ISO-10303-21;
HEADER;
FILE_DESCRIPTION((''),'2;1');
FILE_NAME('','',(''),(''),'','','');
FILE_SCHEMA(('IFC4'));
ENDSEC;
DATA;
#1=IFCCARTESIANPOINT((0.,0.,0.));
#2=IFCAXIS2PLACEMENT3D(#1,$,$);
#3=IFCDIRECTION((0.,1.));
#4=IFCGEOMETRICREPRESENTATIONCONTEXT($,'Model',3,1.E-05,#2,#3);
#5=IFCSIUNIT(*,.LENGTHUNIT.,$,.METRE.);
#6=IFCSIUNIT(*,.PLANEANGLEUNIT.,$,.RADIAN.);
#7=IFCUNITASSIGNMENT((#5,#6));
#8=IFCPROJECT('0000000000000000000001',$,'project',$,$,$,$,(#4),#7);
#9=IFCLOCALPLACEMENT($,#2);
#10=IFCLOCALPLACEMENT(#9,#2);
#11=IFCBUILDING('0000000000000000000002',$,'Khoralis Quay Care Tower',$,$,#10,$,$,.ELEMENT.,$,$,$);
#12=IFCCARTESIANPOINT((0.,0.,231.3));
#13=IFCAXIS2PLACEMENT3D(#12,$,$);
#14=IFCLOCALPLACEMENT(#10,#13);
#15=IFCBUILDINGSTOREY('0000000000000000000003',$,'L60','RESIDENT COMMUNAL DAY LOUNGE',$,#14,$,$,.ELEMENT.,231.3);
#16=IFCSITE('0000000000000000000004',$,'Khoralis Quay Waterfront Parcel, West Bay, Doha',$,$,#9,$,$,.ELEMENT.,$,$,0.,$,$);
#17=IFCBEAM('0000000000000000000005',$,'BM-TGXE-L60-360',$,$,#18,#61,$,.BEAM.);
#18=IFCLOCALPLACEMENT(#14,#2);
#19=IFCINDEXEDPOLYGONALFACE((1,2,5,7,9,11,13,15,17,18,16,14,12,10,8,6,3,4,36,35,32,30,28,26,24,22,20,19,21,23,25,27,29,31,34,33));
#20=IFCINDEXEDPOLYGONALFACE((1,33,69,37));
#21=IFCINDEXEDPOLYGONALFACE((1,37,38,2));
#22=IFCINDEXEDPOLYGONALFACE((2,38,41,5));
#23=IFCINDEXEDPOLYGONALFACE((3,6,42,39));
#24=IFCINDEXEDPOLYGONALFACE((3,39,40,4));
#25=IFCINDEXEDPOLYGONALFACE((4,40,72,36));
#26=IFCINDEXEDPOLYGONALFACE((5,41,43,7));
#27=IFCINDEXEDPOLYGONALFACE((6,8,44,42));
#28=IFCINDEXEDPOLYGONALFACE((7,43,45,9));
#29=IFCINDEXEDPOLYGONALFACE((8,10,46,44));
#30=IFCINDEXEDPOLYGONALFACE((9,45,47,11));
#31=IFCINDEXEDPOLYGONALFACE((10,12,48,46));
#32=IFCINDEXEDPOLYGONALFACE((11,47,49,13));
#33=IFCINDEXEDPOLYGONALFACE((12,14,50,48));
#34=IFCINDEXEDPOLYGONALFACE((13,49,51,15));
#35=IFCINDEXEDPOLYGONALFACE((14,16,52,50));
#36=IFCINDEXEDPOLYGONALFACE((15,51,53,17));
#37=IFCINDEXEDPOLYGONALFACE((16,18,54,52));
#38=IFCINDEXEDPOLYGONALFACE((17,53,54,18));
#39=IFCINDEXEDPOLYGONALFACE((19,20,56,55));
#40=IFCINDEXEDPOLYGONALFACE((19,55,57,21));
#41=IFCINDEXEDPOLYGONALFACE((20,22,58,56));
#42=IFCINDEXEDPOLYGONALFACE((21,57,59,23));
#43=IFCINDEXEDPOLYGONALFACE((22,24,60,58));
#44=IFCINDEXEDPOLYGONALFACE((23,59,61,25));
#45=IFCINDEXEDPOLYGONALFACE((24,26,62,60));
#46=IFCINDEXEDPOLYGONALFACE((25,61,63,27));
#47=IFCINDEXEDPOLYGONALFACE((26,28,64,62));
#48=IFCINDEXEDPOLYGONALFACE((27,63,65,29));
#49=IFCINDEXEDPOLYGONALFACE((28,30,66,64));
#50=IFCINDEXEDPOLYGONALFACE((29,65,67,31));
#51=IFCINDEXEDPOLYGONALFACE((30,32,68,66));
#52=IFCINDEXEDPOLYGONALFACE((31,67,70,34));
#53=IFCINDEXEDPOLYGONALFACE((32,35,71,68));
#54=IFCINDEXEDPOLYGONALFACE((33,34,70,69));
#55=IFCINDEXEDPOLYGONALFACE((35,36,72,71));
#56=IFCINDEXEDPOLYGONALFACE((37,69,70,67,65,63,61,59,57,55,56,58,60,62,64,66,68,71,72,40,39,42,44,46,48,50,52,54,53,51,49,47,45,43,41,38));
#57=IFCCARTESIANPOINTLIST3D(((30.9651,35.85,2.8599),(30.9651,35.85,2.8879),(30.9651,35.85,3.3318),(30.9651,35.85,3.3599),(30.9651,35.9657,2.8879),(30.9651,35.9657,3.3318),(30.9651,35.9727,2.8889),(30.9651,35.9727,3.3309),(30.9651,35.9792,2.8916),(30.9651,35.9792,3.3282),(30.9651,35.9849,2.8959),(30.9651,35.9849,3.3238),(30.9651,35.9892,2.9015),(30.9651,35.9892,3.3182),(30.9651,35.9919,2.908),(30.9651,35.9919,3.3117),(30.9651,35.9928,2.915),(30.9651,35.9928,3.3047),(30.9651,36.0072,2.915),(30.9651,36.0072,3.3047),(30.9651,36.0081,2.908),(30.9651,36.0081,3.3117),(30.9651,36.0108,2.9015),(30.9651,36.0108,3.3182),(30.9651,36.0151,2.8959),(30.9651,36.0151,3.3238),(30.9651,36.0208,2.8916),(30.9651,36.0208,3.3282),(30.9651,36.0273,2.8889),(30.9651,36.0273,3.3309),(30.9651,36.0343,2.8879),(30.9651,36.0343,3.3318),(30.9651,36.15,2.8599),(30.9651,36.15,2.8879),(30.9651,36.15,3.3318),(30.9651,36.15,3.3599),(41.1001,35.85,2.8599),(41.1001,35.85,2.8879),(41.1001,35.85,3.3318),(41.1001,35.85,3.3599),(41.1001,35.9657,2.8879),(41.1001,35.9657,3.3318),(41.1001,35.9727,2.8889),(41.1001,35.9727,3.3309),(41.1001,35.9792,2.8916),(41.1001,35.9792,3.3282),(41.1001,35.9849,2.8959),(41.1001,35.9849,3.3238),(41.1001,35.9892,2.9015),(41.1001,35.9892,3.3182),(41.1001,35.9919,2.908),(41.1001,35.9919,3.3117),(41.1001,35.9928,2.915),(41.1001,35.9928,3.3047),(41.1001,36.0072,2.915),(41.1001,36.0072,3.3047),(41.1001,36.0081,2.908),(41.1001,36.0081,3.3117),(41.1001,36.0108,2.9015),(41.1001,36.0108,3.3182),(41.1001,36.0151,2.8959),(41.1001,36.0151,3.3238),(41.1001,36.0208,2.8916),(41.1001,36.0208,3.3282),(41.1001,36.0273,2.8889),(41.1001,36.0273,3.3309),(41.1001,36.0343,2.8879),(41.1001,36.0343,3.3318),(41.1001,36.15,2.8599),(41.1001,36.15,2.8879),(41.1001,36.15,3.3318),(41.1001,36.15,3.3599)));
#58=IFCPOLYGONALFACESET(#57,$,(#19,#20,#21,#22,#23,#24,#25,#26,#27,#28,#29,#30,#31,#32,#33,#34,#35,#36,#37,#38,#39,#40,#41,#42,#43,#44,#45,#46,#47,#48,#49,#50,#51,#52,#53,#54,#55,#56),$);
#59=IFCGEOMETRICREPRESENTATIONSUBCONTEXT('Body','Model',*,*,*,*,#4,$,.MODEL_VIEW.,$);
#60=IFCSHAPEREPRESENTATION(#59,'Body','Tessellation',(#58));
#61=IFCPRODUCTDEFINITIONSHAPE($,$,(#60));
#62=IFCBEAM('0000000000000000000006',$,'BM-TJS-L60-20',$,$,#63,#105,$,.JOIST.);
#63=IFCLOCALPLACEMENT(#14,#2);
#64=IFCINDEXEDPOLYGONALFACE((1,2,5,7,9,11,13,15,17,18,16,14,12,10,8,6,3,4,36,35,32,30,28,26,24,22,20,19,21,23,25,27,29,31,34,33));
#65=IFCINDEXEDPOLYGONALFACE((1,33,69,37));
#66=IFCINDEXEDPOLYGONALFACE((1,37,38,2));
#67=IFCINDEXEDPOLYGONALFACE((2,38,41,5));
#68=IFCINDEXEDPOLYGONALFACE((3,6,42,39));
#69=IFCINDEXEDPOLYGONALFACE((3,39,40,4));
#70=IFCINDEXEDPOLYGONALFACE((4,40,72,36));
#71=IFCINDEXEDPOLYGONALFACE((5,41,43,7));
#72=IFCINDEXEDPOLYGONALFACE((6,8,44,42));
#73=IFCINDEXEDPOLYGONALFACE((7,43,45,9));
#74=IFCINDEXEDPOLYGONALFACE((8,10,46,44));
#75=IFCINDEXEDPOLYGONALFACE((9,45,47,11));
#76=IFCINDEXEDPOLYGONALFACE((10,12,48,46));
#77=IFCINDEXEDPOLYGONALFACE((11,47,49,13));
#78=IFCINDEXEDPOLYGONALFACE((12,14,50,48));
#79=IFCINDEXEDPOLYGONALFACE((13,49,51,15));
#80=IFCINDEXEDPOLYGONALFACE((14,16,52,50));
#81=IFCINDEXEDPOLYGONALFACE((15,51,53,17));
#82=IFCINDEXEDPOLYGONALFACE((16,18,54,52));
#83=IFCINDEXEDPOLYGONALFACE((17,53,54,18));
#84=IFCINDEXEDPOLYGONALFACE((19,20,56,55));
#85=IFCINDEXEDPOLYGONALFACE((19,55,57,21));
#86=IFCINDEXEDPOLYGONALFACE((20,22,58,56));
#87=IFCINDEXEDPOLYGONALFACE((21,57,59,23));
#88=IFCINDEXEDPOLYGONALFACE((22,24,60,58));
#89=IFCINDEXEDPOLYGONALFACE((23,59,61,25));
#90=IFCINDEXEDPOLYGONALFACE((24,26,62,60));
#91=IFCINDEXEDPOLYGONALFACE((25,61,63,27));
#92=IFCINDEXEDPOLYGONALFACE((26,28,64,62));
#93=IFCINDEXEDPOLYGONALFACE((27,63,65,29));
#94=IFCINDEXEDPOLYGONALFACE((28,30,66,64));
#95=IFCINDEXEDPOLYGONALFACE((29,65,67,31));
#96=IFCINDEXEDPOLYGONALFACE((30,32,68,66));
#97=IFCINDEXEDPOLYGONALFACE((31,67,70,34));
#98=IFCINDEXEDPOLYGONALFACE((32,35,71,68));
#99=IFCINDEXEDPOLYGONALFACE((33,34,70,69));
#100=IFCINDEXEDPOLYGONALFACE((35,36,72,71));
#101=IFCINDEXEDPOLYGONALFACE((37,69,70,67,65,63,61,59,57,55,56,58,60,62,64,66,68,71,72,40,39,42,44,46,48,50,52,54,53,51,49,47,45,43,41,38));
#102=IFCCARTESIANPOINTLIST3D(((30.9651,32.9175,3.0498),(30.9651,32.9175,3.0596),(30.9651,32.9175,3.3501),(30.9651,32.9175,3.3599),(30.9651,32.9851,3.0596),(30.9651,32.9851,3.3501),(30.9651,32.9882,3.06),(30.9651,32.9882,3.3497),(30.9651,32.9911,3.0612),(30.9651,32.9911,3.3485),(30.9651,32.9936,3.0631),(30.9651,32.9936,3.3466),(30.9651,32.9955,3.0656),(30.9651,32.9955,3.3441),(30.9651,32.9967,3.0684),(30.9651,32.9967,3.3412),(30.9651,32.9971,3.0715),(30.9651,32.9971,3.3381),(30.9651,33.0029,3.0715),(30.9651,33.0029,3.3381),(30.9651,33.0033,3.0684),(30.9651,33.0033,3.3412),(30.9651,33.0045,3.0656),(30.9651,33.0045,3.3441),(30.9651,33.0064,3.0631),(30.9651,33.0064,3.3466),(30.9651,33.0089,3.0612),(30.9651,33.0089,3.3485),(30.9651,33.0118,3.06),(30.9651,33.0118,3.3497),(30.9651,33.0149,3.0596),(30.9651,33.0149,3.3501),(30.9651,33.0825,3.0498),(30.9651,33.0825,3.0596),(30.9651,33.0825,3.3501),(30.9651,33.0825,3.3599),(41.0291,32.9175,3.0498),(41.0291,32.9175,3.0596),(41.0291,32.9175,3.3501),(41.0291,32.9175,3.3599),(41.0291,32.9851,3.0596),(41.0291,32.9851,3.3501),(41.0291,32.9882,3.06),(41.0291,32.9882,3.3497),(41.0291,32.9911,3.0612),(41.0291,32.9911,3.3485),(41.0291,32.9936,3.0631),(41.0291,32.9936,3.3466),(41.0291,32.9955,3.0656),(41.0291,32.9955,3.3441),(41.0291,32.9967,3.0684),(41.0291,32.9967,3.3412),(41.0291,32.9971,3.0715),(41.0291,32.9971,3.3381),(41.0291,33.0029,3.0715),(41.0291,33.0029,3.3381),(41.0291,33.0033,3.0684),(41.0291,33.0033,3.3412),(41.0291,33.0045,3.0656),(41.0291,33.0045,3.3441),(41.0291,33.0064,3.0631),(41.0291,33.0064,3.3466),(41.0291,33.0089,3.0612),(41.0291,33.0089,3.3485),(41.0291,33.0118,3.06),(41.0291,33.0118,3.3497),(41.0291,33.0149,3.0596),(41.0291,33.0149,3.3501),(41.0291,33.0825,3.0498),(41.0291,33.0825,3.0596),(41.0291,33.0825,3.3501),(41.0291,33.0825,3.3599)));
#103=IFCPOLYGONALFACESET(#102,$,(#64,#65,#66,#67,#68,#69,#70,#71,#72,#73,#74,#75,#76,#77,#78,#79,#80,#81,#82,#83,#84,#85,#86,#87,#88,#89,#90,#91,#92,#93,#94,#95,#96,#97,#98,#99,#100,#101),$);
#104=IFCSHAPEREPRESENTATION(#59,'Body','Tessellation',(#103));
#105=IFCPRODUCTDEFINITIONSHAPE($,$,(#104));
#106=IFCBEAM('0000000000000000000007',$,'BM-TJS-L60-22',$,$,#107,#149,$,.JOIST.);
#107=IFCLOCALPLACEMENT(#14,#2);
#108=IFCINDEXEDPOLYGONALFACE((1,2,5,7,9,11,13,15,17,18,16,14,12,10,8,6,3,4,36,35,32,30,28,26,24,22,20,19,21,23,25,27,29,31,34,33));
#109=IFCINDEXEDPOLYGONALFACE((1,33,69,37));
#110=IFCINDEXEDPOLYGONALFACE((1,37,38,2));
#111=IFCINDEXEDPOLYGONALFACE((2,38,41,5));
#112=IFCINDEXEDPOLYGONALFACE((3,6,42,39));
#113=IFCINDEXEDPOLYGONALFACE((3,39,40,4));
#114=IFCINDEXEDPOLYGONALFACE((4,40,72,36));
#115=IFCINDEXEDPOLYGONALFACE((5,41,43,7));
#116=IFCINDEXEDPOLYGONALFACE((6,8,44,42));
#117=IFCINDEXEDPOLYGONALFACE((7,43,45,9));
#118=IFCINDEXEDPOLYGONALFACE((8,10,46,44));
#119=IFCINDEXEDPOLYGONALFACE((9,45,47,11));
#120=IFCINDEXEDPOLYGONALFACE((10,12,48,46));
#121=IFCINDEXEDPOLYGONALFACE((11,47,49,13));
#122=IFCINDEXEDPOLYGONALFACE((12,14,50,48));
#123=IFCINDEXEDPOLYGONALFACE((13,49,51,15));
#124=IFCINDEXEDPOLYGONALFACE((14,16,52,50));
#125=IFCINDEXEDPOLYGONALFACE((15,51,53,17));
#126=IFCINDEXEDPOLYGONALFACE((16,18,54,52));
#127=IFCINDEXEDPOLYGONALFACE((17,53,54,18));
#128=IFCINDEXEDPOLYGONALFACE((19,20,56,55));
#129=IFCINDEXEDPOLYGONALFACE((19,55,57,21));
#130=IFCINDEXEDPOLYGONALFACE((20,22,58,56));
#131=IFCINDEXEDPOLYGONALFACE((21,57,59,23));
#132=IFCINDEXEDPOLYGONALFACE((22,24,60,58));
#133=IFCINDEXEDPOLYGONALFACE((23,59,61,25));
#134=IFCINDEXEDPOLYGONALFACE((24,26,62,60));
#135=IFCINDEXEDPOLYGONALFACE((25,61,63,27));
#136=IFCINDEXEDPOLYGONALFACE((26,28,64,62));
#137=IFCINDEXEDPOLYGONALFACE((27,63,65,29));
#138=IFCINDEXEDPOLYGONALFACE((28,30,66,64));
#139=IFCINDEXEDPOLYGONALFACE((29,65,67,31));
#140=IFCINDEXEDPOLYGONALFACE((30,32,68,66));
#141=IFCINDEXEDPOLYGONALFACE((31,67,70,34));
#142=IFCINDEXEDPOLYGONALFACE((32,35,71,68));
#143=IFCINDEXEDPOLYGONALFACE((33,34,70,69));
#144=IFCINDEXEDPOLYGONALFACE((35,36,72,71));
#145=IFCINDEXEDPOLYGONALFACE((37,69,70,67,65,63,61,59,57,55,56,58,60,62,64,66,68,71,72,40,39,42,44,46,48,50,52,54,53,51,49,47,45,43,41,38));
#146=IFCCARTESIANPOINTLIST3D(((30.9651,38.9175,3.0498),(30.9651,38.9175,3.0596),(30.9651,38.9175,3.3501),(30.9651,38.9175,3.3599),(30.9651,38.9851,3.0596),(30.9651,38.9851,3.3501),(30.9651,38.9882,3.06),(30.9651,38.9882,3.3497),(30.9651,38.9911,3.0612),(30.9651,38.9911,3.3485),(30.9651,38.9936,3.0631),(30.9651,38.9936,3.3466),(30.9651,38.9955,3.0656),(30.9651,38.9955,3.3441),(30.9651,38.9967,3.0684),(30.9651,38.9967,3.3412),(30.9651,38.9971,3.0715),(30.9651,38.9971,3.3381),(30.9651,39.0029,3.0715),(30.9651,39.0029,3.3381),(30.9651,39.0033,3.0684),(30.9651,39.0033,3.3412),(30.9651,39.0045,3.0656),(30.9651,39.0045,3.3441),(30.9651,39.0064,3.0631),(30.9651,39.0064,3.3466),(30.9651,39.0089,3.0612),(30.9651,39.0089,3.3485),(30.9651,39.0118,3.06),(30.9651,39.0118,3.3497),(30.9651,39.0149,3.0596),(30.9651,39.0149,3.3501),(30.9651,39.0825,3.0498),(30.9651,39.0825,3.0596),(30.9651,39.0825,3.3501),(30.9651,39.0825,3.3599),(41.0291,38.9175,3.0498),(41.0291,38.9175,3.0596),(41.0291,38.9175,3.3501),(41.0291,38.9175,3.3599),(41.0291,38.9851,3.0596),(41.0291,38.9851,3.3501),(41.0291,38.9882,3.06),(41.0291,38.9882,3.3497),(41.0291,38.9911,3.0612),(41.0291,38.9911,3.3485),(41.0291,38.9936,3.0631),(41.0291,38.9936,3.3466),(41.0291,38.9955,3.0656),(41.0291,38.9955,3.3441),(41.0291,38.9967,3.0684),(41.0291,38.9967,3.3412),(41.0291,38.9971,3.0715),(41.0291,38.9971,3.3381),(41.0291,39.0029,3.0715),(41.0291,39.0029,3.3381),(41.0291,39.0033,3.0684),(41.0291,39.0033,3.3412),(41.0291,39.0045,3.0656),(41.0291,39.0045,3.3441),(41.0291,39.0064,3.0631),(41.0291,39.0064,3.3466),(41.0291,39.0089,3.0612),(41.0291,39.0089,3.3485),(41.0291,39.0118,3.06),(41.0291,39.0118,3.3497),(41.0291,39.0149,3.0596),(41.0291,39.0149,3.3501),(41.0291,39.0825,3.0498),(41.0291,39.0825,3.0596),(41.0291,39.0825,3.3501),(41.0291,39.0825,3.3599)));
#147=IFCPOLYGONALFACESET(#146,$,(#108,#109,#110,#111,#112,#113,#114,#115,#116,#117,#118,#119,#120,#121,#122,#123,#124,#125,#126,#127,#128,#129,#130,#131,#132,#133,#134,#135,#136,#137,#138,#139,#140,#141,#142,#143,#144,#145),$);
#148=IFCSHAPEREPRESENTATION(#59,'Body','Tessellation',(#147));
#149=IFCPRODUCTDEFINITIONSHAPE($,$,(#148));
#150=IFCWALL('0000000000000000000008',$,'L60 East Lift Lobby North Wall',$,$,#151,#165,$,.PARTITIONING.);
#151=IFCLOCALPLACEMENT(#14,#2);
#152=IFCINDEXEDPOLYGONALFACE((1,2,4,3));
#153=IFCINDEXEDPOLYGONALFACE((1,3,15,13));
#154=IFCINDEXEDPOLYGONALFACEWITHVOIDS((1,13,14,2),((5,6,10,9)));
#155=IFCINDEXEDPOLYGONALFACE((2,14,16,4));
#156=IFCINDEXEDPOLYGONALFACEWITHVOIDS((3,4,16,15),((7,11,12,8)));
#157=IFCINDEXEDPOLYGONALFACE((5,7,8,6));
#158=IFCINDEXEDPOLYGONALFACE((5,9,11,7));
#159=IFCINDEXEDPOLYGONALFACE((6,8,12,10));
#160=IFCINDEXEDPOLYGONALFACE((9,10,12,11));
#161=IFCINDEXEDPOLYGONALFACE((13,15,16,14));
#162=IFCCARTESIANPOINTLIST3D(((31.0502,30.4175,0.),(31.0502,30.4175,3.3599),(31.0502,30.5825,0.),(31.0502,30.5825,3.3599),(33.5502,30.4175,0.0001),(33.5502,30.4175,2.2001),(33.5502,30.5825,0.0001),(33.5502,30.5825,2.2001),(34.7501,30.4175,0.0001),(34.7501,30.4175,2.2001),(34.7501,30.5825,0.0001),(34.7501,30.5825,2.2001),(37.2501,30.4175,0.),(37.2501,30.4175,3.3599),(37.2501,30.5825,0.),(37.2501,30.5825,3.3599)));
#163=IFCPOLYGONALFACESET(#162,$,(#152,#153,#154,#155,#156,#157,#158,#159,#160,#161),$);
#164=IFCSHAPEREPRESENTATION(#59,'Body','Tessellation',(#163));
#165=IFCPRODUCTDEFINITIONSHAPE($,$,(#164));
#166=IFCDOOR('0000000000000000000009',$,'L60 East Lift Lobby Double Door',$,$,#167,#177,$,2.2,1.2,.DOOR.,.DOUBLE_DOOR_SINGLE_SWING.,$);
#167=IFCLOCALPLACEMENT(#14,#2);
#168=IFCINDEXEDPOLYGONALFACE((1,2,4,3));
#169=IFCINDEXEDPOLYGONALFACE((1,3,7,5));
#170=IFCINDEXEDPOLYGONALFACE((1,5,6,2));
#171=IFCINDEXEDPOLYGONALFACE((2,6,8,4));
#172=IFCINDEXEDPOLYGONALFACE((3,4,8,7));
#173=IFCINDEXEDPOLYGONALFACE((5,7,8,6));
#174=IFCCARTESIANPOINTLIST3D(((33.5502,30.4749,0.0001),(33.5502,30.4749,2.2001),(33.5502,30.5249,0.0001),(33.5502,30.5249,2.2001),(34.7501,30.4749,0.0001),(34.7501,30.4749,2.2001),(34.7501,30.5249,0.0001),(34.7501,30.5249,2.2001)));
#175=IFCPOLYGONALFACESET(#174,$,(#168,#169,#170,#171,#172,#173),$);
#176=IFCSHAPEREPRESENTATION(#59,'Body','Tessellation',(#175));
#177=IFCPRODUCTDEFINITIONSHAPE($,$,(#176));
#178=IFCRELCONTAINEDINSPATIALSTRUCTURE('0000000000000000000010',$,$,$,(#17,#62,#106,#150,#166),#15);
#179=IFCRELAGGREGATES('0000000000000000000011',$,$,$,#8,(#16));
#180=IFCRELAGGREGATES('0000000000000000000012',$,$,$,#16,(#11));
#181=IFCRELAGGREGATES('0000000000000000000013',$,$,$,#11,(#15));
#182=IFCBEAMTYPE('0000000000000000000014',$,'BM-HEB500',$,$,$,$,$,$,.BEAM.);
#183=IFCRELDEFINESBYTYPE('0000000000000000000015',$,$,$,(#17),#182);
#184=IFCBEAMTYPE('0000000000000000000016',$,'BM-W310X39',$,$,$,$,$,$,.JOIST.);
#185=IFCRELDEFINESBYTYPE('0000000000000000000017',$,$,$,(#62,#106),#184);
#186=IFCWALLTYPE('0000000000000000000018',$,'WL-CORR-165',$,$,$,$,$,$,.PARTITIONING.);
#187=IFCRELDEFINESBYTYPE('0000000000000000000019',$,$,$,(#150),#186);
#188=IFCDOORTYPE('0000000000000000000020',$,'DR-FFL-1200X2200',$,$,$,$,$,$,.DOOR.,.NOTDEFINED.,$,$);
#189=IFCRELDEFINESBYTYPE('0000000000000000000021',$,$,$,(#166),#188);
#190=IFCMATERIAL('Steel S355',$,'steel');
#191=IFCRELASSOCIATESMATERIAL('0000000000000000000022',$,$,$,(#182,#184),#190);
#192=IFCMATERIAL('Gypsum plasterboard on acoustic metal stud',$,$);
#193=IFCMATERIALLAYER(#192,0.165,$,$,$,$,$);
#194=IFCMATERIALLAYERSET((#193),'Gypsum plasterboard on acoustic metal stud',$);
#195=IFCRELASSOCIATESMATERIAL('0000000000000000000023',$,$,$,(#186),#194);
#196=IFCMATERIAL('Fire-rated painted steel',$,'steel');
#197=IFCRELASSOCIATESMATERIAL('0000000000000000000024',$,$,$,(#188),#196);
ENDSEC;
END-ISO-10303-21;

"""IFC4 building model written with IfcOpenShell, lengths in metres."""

from ifc_helpers import new_model, si_unit, direction, frame, frame_2d, origin, origin_2d, place, context, subcontext, project, spatial, rectangle, i_section, extrude, source, transform, mapped, material, layer, layer_set, material_profile, profile_set, type_object, element, fill, save


model = new_model("IFC4")

# Units and contexts
model_context = context("Model", 3, precision=1e-05, world=origin(), true_north=direction((0.0, 1.0)))
body_context = subcontext(model_context, "Body", "Model", "MODEL_VIEW")
ifc_project = project(units=[si_unit("LENGTHUNIT", "METRE"), si_unit("PLANEANGLEUNIT", "RADIAN")], contexts=[model_context])

# Site, building, storey
site_placement = place(None, origin())
site = spatial("IfcSite", under=ifc_project, at=site_placement, Name="Khoralis Quay Waterfront Parcel, West Bay, Doha", CompositionType="ELEMENT", RefElevation=0.0)
building_placement = place(site_placement, origin())
building = spatial("IfcBuilding", under=site, at=building_placement, Name="Khoralis Quay Care Tower", CompositionType="ELEMENT")
storey_placement = place(building_placement, frame((0.0, 0.0, 231.3)))
storey = spatial("IfcBuildingStorey", under=building, at=storey_placement, Name="L60", Description="RESIDENT COMMUNAL DAY LOUNGE", CompositionType="ELEMENT", Elevation=231.3)

# Beams
ifc_material_1 = material(Name="Steel S355", Category="steel")
ifc_material_profile_1 = material_profile(ifc_material_1, i_section(OverallWidth=0.3, OverallDepth=0.5, WebThickness=0.0144, FlangeThickness=0.0281, FilletRadius=0.0271, at=origin_2d()), Name="Steel S355")
ifc_profile_set_1 = profile_set([ifc_material_profile_1], Name="Steel S355")
beam_type_1 = type_object("IfcBeamType", Name="BM-HEB500", PredefinedType="BEAM", material=ifc_profile_set_1)
shared_shape_1 = source(origin(), body_context, "Body", "SweptSolid", [
    extrude(i_section(OverallWidth=0.3, OverallDepth=0.5, WebThickness=0.0144, FlangeThickness=0.0281, FilletRadius=0.0271, at=origin_2d()), origin(), (0.0, 0.0, 1.0), 10.135),
])
beam_1_placement = place(storey_placement, frame((30.9651, 36.0, 3.1099), z_axis=(1.0, 0.0, 0.0), x_axis=(0.0, 1.0, 0.0)))
element("IfcBeam", 1, at=beam_1_placement, inside=storey, type_object=beam_type_1, Name="BM-TGXE-L60-360", PredefinedType="BEAM", context=body_context, shape_type="MappedRepresentation", body=[
    mapped(shared_shape_1, transform((0.0, 0.0, 0.0), scale=1.0)),
])
ifc_material_profile_2 = material_profile(ifc_material_1, i_section(OverallWidth=0.165, OverallDepth=0.3101, WebThickness=0.0059, FlangeThickness=0.0098, FilletRadius=0.012, at=origin_2d()), Name="Steel S355")
ifc_profile_set_2 = profile_set([ifc_material_profile_2], Name="Steel S355")
beam_type_2 = type_object("IfcBeamType", Name="BM-W310X39", PredefinedType="JOIST", material=ifc_profile_set_2)
shared_shape_2 = source(origin(), body_context, "Body", "SweptSolid", [
    extrude(i_section(OverallWidth=0.165, OverallDepth=0.3101, WebThickness=0.0059, FlangeThickness=0.0098, FilletRadius=0.012, at=origin_2d()), origin(), (0.0, 0.0, 1.0), 10.064),
])
for number, where, z_axis, x_axis, name in (
    (2, (30.9651, 33.0, 3.2048), (1.0, 0.0, 0.0), (0.0, 1.0, 0.0), "BM-TJS-L60-20"),
    (3, (30.9651, 39.0, 3.2048), (1.0, 0.0, 0.0), (0.0, 1.0, 0.0), "BM-TJS-L60-22"),
):
    element("IfcBeam", number, at=place(storey_placement, frame(where, z_axis=z_axis, x_axis=x_axis)), inside=storey, type_object=beam_type_2, Name=name, PredefinedType="JOIST", context=body_context, shape_type="MappedRepresentation", body=[
        mapped(shared_shape_2, transform((0.0, 0.0, 0.0), scale=1.0)),
    ])

# Wall, opening, door
ifc_material_2 = material(Name="Gypsum plasterboard on acoustic metal stud")
ifc_layer_1 = layer(ifc_material_2, 0.165)
ifc_layer_set_1 = layer_set([ifc_layer_1], Name="Gypsum plasterboard on acoustic metal stud")
wall_type_1 = type_object("IfcWallType", Name="WL-CORR-165", PredefinedType="PARTITIONING", material=ifc_layer_set_1)
wall_1_placement = place(storey_placement, frame((31.05, 30.5, 0.0), z_axis=(0.0, 0.0, 1.0), x_axis=(1.0, 0.0, 0.0)))
wall_1 = element("IfcWall", 4, at=wall_1_placement, inside=storey, type_object=wall_type_1, Name="L60 East Lift Lobby North Wall", PredefinedType="PARTITIONING", context=body_context, shape_type="SweptSolid", body=[
    extrude(rectangle(XDim=6.2, YDim=0.165, at=frame_2d((3.1001, 0.0))), origin(), (0.0, 0.0, 1.0), 3.3599),
])
opening_1_placement = place(wall_1_placement, frame((2.5, 0.0, 0.0)))
opening_1 = element("IfcOpeningElement", 5, at=opening_1_placement, cuts=wall_1, PredefinedType="OPENING", context=body_context, shape_type="SweptSolid", body=[
    extrude(rectangle(XDim=1.2, YDim=2.2, at=frame_2d((0.6001, 1.1001))), frame((0.0, 0.0925, 0.0), z_axis=(0.0, -1.0, 0.0), x_axis=(1.0, 0.0, 0.0)), (0.0, 0.0, 1.0), 0.1851),
])
ifc_material_3 = material(Name="Fire-rated painted steel", Category="steel")
door_type = type_object("IfcDoorType", Name="DR-FFL-1200X2200", OperationType="NOTDEFINED", PredefinedType="DOOR", material=ifc_material_3)
shared_shape_3 = source(origin(), body_context, "Body", "SweptSolid", [
    extrude(rectangle(XDim=1.2, YDim=2.2, at=frame_2d((0.6001, 1.1001))), frame((0.0, 0.0249, 0.0), z_axis=(0.0, -1.0, 0.0), x_axis=(1.0, 0.0, 0.0)), (0.0, 0.0, 1.0), 0.05),
])
door_placement = place(opening_1_placement, origin())
door = element("IfcDoor", 6, at=door_placement, inside=storey, type_object=door_type, Name="L60 East Lift Lobby Double Door", OperationType="DOUBLE_DOOR_SINGLE_SWING", OverallHeight=2.2, OverallWidth=1.2, PredefinedType="DOOR", context=body_context, shape_type="MappedRepresentation", body=[
    mapped(shared_shape_3, transform((0.0, 0.0, 0.0), scale=1.0)),
])
fill(opening_1, door)

save(model, "model.ifc")
